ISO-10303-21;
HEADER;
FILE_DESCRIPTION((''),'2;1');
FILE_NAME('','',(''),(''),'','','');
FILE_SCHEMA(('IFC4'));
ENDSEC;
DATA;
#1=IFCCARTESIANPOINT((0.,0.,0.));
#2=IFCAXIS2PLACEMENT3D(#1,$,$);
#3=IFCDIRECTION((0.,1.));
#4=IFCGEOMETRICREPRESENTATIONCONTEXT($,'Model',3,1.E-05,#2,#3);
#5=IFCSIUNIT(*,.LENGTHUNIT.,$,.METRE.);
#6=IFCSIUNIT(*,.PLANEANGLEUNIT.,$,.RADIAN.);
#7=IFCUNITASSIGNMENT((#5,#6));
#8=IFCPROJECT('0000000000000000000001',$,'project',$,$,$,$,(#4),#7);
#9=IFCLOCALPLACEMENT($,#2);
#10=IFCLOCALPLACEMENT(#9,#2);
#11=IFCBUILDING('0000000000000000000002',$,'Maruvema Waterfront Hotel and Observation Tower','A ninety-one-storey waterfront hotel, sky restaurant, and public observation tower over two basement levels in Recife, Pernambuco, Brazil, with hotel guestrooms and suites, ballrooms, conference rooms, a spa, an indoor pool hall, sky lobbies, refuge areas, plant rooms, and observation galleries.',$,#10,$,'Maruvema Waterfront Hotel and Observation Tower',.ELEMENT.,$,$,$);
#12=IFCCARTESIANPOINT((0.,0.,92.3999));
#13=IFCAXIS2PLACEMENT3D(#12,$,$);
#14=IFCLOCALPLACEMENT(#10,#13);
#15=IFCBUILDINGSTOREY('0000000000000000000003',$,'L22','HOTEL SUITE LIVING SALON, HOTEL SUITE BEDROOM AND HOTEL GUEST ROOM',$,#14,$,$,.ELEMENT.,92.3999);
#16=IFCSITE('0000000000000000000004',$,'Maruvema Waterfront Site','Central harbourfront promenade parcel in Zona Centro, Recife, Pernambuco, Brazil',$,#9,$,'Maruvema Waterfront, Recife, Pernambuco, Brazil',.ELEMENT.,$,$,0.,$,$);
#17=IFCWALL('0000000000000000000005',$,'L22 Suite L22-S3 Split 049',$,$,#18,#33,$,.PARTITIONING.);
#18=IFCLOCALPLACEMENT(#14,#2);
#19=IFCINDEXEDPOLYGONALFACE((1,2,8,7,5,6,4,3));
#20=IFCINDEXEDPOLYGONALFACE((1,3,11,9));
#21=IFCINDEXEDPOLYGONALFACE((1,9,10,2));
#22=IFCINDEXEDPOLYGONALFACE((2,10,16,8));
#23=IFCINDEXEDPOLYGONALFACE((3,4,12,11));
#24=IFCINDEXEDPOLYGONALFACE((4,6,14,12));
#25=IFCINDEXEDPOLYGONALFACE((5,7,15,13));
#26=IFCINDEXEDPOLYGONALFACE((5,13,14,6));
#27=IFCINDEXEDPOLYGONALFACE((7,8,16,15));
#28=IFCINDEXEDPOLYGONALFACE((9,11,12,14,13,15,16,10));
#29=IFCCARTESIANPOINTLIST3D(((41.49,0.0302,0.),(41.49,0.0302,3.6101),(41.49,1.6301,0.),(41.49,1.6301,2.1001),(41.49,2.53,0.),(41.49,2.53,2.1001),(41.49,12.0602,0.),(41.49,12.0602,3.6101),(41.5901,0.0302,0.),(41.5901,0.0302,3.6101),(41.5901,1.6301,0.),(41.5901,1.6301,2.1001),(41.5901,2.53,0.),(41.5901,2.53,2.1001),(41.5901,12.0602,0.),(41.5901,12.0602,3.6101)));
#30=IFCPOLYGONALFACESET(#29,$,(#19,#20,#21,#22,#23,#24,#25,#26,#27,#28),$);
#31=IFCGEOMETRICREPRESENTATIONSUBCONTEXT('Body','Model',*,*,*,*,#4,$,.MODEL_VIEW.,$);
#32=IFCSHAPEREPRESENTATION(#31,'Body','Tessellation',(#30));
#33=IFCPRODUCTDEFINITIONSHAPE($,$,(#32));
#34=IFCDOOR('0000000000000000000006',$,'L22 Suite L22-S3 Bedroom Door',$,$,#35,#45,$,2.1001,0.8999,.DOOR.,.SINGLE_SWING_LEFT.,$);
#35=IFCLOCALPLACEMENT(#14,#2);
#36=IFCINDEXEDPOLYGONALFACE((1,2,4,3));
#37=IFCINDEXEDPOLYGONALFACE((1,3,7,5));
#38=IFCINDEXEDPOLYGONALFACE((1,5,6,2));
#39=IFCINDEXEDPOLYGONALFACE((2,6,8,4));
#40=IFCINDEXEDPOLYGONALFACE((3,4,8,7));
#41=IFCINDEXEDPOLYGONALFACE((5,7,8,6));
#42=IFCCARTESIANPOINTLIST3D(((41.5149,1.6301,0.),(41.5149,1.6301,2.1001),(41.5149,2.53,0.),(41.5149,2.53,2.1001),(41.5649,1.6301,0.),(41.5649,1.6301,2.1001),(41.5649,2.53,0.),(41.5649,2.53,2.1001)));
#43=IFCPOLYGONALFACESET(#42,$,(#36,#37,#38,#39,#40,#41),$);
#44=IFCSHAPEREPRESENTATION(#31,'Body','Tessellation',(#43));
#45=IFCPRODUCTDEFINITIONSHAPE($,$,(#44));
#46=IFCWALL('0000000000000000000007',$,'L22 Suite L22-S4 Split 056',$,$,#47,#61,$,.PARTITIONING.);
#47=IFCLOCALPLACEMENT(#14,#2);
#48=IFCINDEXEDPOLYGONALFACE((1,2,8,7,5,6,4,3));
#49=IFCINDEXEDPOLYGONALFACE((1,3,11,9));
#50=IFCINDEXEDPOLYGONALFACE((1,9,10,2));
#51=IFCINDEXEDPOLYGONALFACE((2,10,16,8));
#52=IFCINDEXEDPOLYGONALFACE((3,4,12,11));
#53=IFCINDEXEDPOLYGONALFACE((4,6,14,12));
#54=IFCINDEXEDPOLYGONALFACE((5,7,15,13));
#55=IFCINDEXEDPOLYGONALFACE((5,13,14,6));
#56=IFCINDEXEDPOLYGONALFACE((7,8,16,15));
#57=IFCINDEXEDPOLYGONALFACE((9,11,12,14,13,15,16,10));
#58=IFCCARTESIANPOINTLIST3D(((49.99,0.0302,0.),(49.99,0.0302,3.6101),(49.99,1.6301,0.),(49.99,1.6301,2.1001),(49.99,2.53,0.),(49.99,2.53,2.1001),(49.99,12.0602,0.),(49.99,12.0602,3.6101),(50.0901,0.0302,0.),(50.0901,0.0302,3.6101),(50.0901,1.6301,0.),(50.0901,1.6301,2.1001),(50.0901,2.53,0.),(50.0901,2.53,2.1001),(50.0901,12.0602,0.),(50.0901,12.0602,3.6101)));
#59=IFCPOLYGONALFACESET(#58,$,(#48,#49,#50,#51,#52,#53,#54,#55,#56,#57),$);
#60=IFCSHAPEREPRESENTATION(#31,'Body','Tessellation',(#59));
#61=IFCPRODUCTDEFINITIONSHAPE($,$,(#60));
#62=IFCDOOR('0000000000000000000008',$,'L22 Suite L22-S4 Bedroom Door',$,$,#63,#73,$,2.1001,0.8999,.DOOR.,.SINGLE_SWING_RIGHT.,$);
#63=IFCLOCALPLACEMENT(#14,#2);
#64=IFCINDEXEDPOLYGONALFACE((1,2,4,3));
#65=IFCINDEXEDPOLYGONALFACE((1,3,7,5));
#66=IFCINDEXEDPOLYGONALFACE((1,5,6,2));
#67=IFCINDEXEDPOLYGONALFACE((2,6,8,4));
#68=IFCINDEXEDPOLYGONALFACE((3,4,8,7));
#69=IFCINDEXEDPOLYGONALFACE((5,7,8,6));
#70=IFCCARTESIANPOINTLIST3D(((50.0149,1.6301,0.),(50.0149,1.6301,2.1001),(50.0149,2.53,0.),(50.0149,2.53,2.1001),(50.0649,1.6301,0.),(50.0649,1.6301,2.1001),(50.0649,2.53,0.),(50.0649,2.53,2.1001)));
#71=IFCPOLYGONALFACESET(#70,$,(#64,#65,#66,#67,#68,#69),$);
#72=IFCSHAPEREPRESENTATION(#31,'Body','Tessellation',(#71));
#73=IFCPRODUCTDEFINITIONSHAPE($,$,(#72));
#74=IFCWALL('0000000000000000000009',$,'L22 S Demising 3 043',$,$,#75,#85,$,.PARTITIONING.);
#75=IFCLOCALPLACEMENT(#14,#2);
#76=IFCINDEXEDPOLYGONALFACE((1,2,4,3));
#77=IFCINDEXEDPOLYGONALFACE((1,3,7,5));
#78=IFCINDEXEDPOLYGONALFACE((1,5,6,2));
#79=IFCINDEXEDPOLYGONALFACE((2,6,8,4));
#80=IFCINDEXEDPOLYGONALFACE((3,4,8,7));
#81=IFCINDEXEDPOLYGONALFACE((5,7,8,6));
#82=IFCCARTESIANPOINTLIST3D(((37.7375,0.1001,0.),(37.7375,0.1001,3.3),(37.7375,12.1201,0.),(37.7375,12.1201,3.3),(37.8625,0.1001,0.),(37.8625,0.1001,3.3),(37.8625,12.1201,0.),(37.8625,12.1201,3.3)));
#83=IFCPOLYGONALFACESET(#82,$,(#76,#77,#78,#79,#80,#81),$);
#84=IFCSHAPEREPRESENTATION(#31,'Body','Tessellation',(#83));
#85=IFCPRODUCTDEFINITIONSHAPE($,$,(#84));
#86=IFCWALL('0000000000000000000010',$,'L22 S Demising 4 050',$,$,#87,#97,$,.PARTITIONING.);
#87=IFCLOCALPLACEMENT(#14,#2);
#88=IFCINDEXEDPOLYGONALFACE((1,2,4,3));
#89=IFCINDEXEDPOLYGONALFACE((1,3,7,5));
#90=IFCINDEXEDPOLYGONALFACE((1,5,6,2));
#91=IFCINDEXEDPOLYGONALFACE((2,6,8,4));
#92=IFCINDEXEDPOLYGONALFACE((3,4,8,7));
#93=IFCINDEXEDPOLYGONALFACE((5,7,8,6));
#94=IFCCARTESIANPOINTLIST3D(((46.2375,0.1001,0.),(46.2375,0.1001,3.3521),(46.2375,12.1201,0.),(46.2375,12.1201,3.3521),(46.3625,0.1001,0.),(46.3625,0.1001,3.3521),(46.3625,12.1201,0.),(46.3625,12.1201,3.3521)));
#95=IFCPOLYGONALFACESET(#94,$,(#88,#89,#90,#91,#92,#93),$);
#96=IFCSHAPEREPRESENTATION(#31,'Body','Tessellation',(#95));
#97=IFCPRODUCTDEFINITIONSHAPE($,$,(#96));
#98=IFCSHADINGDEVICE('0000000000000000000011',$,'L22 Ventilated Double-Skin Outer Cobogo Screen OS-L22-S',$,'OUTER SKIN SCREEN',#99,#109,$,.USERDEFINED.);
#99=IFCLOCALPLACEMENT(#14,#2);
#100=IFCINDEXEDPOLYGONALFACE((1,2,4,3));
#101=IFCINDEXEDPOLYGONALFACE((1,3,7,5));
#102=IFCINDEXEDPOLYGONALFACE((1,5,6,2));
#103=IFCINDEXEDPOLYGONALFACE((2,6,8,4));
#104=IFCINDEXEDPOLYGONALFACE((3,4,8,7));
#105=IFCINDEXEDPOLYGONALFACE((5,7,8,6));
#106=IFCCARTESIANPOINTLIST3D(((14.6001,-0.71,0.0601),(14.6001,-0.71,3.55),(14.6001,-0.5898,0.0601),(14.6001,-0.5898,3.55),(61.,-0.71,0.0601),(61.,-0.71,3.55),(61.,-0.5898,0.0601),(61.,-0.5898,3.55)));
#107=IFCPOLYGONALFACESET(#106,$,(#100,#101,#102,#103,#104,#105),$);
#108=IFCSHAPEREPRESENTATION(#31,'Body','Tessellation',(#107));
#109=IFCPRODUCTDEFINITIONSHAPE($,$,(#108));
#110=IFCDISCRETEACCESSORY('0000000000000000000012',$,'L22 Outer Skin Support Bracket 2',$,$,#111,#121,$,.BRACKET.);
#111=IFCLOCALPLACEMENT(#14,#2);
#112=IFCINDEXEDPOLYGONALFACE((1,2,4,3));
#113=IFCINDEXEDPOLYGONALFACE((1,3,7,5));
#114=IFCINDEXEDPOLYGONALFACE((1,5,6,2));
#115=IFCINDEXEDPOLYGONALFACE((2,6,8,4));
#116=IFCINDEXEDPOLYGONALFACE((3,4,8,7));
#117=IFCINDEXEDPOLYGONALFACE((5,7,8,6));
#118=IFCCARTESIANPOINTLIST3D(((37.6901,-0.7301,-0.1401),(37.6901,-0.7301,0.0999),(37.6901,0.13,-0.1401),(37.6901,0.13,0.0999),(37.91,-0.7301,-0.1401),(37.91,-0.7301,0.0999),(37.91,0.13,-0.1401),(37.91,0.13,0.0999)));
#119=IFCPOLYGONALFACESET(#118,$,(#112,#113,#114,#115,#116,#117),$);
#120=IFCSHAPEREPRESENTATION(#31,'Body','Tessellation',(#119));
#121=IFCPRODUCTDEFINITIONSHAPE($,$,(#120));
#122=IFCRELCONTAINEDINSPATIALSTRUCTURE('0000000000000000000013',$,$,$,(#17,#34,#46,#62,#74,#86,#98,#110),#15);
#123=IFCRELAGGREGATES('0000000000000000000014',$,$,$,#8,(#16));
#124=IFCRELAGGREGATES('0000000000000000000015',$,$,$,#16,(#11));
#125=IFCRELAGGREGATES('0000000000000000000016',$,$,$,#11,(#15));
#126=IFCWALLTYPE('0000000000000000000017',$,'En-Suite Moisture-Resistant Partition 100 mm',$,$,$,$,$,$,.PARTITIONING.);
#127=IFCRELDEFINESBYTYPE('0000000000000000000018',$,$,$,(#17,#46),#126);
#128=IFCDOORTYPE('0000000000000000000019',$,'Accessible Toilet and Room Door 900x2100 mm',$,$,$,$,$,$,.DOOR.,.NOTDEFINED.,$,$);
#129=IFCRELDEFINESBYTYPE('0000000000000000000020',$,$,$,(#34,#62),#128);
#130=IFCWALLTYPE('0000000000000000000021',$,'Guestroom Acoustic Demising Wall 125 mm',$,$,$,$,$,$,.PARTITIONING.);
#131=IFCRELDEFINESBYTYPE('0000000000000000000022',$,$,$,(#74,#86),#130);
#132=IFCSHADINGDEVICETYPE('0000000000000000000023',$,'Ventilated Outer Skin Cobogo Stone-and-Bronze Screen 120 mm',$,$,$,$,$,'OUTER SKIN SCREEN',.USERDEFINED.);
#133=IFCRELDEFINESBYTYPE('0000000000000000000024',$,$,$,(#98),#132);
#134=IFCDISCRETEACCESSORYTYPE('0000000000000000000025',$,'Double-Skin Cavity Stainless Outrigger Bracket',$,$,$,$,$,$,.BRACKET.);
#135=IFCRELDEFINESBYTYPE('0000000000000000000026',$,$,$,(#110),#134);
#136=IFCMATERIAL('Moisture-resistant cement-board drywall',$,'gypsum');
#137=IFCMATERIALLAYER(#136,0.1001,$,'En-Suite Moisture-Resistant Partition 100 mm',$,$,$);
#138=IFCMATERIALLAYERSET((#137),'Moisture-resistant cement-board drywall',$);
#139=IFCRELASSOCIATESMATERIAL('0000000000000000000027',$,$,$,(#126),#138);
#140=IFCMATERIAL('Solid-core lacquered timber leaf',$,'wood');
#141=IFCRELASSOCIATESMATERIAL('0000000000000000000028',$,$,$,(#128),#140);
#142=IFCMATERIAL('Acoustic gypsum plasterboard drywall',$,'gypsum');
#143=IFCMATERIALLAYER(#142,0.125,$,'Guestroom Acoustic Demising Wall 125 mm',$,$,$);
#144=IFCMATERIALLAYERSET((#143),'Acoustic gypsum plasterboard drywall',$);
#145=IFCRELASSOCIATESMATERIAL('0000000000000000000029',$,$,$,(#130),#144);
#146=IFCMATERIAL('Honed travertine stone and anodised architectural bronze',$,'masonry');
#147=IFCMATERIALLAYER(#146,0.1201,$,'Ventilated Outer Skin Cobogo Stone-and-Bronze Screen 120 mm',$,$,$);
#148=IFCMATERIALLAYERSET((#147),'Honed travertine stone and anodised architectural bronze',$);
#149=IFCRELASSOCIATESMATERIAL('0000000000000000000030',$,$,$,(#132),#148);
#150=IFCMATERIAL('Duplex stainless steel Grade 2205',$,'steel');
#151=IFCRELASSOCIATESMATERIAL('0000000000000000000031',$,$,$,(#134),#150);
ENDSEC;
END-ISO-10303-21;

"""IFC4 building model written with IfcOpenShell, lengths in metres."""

from ifc_helpers import new_model, si_unit, direction, frame, frame_2d, origin, origin_2d, place, context, subcontext, project, spatial, rectangle, extrude, material, layer, layer_set, type_object, element, fill, save


model = new_model("IFC4")

# Units and contexts
model_context = context("Model", 3, precision=1e-05, world=origin(), true_north=direction((0.0, 1.0)))
body_context = subcontext(model_context, "Body", "Model", "MODEL_VIEW")
ifc_project = project(units=[si_unit("LENGTHUNIT", "METRE"), si_unit("PLANEANGLEUNIT", "RADIAN")], contexts=[model_context])

# Site, building, storey
site_placement = place(None, origin())
site = spatial("IfcSite", under=ifc_project, at=site_placement, Name="Maruvema Waterfront Site", Description="Central harbourfront promenade parcel in Zona Centro, Recife, Pernambuco, Brazil", LongName="Maruvema Waterfront, Recife, Pernambuco, Brazil", CompositionType="ELEMENT", RefElevation=0.0)
building_placement = place(site_placement, origin())
building = spatial("IfcBuilding", under=site, at=building_placement, Name="Maruvema Waterfront Hotel and Observation Tower", Description="A ninety-one-storey waterfront hotel, sky restaurant, and public observation tower over two basement levels in Recife, Pernambuco, Brazil, with hotel guestrooms and suites, ballrooms, conference rooms, a spa, an indoor pool hall, sky lobbies, refuge areas, plant rooms, and observation galleries.", LongName="Maruvema Waterfront Hotel and Observation Tower", CompositionType="ELEMENT")
storey_placement = place(building_placement, frame((0.0, 0.0, 92.3999)))
storey = spatial("IfcBuildingStorey", under=building, at=storey_placement, Name="L22", Description="HOTEL SUITE LIVING SALON, HOTEL SUITE BEDROOM AND HOTEL GUEST ROOM", CompositionType="ELEMENT", Elevation=92.3999)

# Shared definitions
ifc_material_1 = material(Name="Moisture-resistant cement-board drywall", Category="gypsum")
ifc_layer_1 = layer(ifc_material_1, 0.1001, Name="En-Suite Moisture-Resistant Partition 100 mm")
ifc_layer_set_1 = layer_set([ifc_layer_1], Name="Moisture-resistant cement-board drywall")
wall_type_1 = type_object("IfcWallType", Name="En-Suite Moisture-Resistant Partition 100 mm", PredefinedType="PARTITIONING", material=ifc_layer_set_1)

# Walls, openings, doors
wall_1_placement = place(storey_placement, frame((41.54, 0.03, 0.0), z_axis=(0.0, 0.0, 1.0), x_axis=(0.0, 1.0, 0.0)))
wall_1 = element("IfcWall", 1, at=wall_1_placement, inside=storey, type_object=wall_type_1, Name="L22 Suite L22-S3 Split 049", PredefinedType="PARTITIONING", context=body_context, shape_type="SweptSolid", body=[
    extrude(rectangle(XDim=12.03, YDim=0.1001, at=frame_2d((6.0151, 0.0))), origin(), (0.0, 0.0, 1.0), 3.6101),
])
opening_1_placement = place(wall_1_placement, frame((1.6001, 0.0, 0.0)))
opening_1 = element("IfcOpeningElement", 2, at=opening_1_placement, cuts=wall_1, PredefinedType="OPENING", context=body_context, shape_type="SweptSolid", body=[
    extrude(rectangle(XDim=0.8999, YDim=2.1001, at=frame_2d((0.45, 1.05))), frame((0.0, 0.0601, 0.0), z_axis=(0.0, -1.0, 0.0), x_axis=(1.0, 0.0, 0.0)), (0.0, 0.0, 1.0), 0.1201),
])
ifc_material_2 = material(Name="Solid-core lacquered timber leaf", Category="wood")
door_type_1 = type_object("IfcDoorType", Name="Accessible Toilet and Room Door 900x2100 mm", OperationType="NOTDEFINED", PredefinedType="DOOR", material=ifc_material_2)
door_1_placement = place(opening_1_placement, frame((0.8999, 0.0, 0.0), z_axis=(0.0, 0.0, 1.0), x_axis=(-1.0, 0.0, 0.0)))
door_1 = element("IfcDoor", 3, at=door_1_placement, inside=storey, type_object=door_type_1, Name="L22 Suite L22-S3 Bedroom Door", OperationType="SINGLE_SWING_LEFT", OverallHeight=2.1001, OverallWidth=0.8999, PredefinedType="DOOR", context=body_context, shape_type="SweptSolid", body=[
    extrude(rectangle(XDim=0.8999, YDim=2.1001, at=frame_2d((0.45, 1.05))), frame((0.0, 0.0249, 0.0), z_axis=(0.0, -1.0, 0.0), x_axis=(1.0, 0.0, 0.0)), (0.0, 0.0, 1.0), 0.05),
])
fill(opening_1, door_1)
wall_2_placement = place(storey_placement, frame((50.04, 0.03, 0.0), z_axis=(0.0, 0.0, 1.0), x_axis=(0.0, 1.0, 0.0)))
wall_2 = element("IfcWall", 4, at=wall_2_placement, inside=storey, type_object=wall_type_1, Name="L22 Suite L22-S4 Split 056", PredefinedType="PARTITIONING", context=body_context, shape_type="SweptSolid", body=[
    extrude(rectangle(XDim=12.03, YDim=0.1001, at=frame_2d((6.0151, 0.0))), origin(), (0.0, 0.0, 1.0), 3.6101),
])
opening_2_placement = place(wall_2_placement, frame((1.6001, 0.0, 0.0)))
opening_2 = element("IfcOpeningElement", 5, at=opening_2_placement, cuts=wall_2, PredefinedType="OPENING", context=body_context, shape_type="SweptSolid", body=[
    extrude(rectangle(XDim=0.8999, YDim=2.1001, at=frame_2d((0.45, 1.05))), frame((0.0, 0.0601, 0.0), z_axis=(0.0, -1.0, 0.0), x_axis=(1.0, 0.0, 0.0)), (0.0, 0.0, 1.0), 0.1201),
])
door_2_placement = place(opening_2_placement, frame((0.8999, 0.0, 0.0), z_axis=(0.0, 0.0, 1.0), x_axis=(-1.0, 0.0, 0.0)))
door_2 = element("IfcDoor", 6, at=door_2_placement, inside=storey, type_object=door_type_1, Name="L22 Suite L22-S4 Bedroom Door", OperationType="SINGLE_SWING_RIGHT", OverallHeight=2.1001, OverallWidth=0.8999, PredefinedType="DOOR", context=body_context, shape_type="SweptSolid", body=[
    extrude(rectangle(XDim=0.8999, YDim=2.1001, at=frame_2d((0.45, 1.05))), frame((0.0, 0.0249, 0.0), z_axis=(0.0, -1.0, 0.0), x_axis=(1.0, 0.0, 0.0)), (0.0, 0.0, 1.0), 0.05),
])
fill(opening_2, door_2)

# Walls
ifc_material_3 = material(Name="Acoustic gypsum plasterboard drywall", Category="gypsum")
ifc_layer_2 = layer(ifc_material_3, 0.125, Name="Guestroom Acoustic Demising Wall 125 mm")
ifc_layer_set_2 = layer_set([ifc_layer_2], Name="Acoustic gypsum plasterboard drywall")
wall_type_2 = type_object("IfcWallType", Name="Guestroom Acoustic Demising Wall 125 mm", PredefinedType="PARTITIONING", material=ifc_layer_set_2)
wall_3_placement = place(storey_placement, frame((37.8, 0.1001, 0.0), z_axis=(0.0, 0.0, 1.0), x_axis=(0.0, 1.0, 0.0)))
element("IfcWall", 7, at=wall_3_placement, inside=storey, type_object=wall_type_2, Name="L22 S Demising 3 043", PredefinedType="PARTITIONING", context=body_context, shape_type="SweptSolid", body=[
    extrude(rectangle(XDim=12.02, YDim=0.125, at=frame_2d((6.01, 0.0))), origin(), (0.0, 0.0, 1.0), 3.3),
])
wall_4_placement = place(storey_placement, frame((46.3, 0.1001, 0.0), z_axis=(0.0, 0.0, 1.0), x_axis=(0.0, 1.0, 0.0)))
element("IfcWall", 8, at=wall_4_placement, inside=storey, type_object=wall_type_2, Name="L22 S Demising 4 050", PredefinedType="PARTITIONING", context=body_context, shape_type="SweptSolid", body=[
    extrude(rectangle(XDim=12.02, YDim=0.125, at=frame_2d((6.01, 0.0))), origin(), (0.0, 0.0, 1.0), 3.3521),
])

# Shading device
ifc_material_4 = material(Name="Honed travertine stone and anodised architectural bronze", Category="masonry")
ifc_layer_3 = layer(ifc_material_4, 0.1201, Name="Ventilated Outer Skin Cobogo Stone-and-Bronze Screen 120 mm")
ifc_layer_set_3 = layer_set([ifc_layer_3], Name="Honed travertine stone and anodised architectural bronze")
shading_device_type = type_object("IfcShadingDeviceType", Name="Ventilated Outer Skin Cobogo Stone-and-Bronze Screen 120 mm", ElementType="OUTER SKIN SCREEN", PredefinedType="USERDEFINED", material=ifc_layer_set_3)
shading_device_placement = place(storey_placement, frame((37.8, -0.6499, 0.0601), z_axis=(0.0, 0.0, 1.0), x_axis=(1.0, 0.0, 0.0)))
element("IfcShadingDevice", 9, at=shading_device_placement, inside=storey, type_object=shading_device_type, Name="L22 Ventilated Double-Skin Outer Cobogo Screen OS-L22-S", ObjectType="OUTER SKIN SCREEN", PredefinedType="USERDEFINED", context=body_context, shape_type="SweptSolid", body=[
    extrude(rectangle(XDim=46.3999, YDim=0.1201, at=origin_2d()), origin(), (0.0, 0.0, 1.0), 3.49),
])

# Discrete accessory
ifc_material_5 = material(Name="Duplex stainless steel Grade 2205", Category="steel")
discrete_accessory_type = type_object("IfcDiscreteAccessoryType", Name="Double-Skin Cavity Stainless Outrigger Bracket", PredefinedType="BRACKET", material=ifc_material_5)
discrete_accessory_placement = place(storey_placement, frame((37.8, -0.3, -0.1401), z_axis=(0.0, 0.0, 1.0), x_axis=(1.0, 0.0, 0.0)))
element("IfcDiscreteAccessory", 10, at=discrete_accessory_placement, inside=storey, type_object=discrete_accessory_type, Name="L22 Outer Skin Support Bracket 2", PredefinedType="BRACKET", context=body_context, shape_type="SweptSolid", body=[
    extrude(rectangle(XDim=0.22, YDim=0.8601, at=origin_2d()), origin(), (0.0, 0.0, 1.0), 0.24),
])

save(model, "model.ifc")
